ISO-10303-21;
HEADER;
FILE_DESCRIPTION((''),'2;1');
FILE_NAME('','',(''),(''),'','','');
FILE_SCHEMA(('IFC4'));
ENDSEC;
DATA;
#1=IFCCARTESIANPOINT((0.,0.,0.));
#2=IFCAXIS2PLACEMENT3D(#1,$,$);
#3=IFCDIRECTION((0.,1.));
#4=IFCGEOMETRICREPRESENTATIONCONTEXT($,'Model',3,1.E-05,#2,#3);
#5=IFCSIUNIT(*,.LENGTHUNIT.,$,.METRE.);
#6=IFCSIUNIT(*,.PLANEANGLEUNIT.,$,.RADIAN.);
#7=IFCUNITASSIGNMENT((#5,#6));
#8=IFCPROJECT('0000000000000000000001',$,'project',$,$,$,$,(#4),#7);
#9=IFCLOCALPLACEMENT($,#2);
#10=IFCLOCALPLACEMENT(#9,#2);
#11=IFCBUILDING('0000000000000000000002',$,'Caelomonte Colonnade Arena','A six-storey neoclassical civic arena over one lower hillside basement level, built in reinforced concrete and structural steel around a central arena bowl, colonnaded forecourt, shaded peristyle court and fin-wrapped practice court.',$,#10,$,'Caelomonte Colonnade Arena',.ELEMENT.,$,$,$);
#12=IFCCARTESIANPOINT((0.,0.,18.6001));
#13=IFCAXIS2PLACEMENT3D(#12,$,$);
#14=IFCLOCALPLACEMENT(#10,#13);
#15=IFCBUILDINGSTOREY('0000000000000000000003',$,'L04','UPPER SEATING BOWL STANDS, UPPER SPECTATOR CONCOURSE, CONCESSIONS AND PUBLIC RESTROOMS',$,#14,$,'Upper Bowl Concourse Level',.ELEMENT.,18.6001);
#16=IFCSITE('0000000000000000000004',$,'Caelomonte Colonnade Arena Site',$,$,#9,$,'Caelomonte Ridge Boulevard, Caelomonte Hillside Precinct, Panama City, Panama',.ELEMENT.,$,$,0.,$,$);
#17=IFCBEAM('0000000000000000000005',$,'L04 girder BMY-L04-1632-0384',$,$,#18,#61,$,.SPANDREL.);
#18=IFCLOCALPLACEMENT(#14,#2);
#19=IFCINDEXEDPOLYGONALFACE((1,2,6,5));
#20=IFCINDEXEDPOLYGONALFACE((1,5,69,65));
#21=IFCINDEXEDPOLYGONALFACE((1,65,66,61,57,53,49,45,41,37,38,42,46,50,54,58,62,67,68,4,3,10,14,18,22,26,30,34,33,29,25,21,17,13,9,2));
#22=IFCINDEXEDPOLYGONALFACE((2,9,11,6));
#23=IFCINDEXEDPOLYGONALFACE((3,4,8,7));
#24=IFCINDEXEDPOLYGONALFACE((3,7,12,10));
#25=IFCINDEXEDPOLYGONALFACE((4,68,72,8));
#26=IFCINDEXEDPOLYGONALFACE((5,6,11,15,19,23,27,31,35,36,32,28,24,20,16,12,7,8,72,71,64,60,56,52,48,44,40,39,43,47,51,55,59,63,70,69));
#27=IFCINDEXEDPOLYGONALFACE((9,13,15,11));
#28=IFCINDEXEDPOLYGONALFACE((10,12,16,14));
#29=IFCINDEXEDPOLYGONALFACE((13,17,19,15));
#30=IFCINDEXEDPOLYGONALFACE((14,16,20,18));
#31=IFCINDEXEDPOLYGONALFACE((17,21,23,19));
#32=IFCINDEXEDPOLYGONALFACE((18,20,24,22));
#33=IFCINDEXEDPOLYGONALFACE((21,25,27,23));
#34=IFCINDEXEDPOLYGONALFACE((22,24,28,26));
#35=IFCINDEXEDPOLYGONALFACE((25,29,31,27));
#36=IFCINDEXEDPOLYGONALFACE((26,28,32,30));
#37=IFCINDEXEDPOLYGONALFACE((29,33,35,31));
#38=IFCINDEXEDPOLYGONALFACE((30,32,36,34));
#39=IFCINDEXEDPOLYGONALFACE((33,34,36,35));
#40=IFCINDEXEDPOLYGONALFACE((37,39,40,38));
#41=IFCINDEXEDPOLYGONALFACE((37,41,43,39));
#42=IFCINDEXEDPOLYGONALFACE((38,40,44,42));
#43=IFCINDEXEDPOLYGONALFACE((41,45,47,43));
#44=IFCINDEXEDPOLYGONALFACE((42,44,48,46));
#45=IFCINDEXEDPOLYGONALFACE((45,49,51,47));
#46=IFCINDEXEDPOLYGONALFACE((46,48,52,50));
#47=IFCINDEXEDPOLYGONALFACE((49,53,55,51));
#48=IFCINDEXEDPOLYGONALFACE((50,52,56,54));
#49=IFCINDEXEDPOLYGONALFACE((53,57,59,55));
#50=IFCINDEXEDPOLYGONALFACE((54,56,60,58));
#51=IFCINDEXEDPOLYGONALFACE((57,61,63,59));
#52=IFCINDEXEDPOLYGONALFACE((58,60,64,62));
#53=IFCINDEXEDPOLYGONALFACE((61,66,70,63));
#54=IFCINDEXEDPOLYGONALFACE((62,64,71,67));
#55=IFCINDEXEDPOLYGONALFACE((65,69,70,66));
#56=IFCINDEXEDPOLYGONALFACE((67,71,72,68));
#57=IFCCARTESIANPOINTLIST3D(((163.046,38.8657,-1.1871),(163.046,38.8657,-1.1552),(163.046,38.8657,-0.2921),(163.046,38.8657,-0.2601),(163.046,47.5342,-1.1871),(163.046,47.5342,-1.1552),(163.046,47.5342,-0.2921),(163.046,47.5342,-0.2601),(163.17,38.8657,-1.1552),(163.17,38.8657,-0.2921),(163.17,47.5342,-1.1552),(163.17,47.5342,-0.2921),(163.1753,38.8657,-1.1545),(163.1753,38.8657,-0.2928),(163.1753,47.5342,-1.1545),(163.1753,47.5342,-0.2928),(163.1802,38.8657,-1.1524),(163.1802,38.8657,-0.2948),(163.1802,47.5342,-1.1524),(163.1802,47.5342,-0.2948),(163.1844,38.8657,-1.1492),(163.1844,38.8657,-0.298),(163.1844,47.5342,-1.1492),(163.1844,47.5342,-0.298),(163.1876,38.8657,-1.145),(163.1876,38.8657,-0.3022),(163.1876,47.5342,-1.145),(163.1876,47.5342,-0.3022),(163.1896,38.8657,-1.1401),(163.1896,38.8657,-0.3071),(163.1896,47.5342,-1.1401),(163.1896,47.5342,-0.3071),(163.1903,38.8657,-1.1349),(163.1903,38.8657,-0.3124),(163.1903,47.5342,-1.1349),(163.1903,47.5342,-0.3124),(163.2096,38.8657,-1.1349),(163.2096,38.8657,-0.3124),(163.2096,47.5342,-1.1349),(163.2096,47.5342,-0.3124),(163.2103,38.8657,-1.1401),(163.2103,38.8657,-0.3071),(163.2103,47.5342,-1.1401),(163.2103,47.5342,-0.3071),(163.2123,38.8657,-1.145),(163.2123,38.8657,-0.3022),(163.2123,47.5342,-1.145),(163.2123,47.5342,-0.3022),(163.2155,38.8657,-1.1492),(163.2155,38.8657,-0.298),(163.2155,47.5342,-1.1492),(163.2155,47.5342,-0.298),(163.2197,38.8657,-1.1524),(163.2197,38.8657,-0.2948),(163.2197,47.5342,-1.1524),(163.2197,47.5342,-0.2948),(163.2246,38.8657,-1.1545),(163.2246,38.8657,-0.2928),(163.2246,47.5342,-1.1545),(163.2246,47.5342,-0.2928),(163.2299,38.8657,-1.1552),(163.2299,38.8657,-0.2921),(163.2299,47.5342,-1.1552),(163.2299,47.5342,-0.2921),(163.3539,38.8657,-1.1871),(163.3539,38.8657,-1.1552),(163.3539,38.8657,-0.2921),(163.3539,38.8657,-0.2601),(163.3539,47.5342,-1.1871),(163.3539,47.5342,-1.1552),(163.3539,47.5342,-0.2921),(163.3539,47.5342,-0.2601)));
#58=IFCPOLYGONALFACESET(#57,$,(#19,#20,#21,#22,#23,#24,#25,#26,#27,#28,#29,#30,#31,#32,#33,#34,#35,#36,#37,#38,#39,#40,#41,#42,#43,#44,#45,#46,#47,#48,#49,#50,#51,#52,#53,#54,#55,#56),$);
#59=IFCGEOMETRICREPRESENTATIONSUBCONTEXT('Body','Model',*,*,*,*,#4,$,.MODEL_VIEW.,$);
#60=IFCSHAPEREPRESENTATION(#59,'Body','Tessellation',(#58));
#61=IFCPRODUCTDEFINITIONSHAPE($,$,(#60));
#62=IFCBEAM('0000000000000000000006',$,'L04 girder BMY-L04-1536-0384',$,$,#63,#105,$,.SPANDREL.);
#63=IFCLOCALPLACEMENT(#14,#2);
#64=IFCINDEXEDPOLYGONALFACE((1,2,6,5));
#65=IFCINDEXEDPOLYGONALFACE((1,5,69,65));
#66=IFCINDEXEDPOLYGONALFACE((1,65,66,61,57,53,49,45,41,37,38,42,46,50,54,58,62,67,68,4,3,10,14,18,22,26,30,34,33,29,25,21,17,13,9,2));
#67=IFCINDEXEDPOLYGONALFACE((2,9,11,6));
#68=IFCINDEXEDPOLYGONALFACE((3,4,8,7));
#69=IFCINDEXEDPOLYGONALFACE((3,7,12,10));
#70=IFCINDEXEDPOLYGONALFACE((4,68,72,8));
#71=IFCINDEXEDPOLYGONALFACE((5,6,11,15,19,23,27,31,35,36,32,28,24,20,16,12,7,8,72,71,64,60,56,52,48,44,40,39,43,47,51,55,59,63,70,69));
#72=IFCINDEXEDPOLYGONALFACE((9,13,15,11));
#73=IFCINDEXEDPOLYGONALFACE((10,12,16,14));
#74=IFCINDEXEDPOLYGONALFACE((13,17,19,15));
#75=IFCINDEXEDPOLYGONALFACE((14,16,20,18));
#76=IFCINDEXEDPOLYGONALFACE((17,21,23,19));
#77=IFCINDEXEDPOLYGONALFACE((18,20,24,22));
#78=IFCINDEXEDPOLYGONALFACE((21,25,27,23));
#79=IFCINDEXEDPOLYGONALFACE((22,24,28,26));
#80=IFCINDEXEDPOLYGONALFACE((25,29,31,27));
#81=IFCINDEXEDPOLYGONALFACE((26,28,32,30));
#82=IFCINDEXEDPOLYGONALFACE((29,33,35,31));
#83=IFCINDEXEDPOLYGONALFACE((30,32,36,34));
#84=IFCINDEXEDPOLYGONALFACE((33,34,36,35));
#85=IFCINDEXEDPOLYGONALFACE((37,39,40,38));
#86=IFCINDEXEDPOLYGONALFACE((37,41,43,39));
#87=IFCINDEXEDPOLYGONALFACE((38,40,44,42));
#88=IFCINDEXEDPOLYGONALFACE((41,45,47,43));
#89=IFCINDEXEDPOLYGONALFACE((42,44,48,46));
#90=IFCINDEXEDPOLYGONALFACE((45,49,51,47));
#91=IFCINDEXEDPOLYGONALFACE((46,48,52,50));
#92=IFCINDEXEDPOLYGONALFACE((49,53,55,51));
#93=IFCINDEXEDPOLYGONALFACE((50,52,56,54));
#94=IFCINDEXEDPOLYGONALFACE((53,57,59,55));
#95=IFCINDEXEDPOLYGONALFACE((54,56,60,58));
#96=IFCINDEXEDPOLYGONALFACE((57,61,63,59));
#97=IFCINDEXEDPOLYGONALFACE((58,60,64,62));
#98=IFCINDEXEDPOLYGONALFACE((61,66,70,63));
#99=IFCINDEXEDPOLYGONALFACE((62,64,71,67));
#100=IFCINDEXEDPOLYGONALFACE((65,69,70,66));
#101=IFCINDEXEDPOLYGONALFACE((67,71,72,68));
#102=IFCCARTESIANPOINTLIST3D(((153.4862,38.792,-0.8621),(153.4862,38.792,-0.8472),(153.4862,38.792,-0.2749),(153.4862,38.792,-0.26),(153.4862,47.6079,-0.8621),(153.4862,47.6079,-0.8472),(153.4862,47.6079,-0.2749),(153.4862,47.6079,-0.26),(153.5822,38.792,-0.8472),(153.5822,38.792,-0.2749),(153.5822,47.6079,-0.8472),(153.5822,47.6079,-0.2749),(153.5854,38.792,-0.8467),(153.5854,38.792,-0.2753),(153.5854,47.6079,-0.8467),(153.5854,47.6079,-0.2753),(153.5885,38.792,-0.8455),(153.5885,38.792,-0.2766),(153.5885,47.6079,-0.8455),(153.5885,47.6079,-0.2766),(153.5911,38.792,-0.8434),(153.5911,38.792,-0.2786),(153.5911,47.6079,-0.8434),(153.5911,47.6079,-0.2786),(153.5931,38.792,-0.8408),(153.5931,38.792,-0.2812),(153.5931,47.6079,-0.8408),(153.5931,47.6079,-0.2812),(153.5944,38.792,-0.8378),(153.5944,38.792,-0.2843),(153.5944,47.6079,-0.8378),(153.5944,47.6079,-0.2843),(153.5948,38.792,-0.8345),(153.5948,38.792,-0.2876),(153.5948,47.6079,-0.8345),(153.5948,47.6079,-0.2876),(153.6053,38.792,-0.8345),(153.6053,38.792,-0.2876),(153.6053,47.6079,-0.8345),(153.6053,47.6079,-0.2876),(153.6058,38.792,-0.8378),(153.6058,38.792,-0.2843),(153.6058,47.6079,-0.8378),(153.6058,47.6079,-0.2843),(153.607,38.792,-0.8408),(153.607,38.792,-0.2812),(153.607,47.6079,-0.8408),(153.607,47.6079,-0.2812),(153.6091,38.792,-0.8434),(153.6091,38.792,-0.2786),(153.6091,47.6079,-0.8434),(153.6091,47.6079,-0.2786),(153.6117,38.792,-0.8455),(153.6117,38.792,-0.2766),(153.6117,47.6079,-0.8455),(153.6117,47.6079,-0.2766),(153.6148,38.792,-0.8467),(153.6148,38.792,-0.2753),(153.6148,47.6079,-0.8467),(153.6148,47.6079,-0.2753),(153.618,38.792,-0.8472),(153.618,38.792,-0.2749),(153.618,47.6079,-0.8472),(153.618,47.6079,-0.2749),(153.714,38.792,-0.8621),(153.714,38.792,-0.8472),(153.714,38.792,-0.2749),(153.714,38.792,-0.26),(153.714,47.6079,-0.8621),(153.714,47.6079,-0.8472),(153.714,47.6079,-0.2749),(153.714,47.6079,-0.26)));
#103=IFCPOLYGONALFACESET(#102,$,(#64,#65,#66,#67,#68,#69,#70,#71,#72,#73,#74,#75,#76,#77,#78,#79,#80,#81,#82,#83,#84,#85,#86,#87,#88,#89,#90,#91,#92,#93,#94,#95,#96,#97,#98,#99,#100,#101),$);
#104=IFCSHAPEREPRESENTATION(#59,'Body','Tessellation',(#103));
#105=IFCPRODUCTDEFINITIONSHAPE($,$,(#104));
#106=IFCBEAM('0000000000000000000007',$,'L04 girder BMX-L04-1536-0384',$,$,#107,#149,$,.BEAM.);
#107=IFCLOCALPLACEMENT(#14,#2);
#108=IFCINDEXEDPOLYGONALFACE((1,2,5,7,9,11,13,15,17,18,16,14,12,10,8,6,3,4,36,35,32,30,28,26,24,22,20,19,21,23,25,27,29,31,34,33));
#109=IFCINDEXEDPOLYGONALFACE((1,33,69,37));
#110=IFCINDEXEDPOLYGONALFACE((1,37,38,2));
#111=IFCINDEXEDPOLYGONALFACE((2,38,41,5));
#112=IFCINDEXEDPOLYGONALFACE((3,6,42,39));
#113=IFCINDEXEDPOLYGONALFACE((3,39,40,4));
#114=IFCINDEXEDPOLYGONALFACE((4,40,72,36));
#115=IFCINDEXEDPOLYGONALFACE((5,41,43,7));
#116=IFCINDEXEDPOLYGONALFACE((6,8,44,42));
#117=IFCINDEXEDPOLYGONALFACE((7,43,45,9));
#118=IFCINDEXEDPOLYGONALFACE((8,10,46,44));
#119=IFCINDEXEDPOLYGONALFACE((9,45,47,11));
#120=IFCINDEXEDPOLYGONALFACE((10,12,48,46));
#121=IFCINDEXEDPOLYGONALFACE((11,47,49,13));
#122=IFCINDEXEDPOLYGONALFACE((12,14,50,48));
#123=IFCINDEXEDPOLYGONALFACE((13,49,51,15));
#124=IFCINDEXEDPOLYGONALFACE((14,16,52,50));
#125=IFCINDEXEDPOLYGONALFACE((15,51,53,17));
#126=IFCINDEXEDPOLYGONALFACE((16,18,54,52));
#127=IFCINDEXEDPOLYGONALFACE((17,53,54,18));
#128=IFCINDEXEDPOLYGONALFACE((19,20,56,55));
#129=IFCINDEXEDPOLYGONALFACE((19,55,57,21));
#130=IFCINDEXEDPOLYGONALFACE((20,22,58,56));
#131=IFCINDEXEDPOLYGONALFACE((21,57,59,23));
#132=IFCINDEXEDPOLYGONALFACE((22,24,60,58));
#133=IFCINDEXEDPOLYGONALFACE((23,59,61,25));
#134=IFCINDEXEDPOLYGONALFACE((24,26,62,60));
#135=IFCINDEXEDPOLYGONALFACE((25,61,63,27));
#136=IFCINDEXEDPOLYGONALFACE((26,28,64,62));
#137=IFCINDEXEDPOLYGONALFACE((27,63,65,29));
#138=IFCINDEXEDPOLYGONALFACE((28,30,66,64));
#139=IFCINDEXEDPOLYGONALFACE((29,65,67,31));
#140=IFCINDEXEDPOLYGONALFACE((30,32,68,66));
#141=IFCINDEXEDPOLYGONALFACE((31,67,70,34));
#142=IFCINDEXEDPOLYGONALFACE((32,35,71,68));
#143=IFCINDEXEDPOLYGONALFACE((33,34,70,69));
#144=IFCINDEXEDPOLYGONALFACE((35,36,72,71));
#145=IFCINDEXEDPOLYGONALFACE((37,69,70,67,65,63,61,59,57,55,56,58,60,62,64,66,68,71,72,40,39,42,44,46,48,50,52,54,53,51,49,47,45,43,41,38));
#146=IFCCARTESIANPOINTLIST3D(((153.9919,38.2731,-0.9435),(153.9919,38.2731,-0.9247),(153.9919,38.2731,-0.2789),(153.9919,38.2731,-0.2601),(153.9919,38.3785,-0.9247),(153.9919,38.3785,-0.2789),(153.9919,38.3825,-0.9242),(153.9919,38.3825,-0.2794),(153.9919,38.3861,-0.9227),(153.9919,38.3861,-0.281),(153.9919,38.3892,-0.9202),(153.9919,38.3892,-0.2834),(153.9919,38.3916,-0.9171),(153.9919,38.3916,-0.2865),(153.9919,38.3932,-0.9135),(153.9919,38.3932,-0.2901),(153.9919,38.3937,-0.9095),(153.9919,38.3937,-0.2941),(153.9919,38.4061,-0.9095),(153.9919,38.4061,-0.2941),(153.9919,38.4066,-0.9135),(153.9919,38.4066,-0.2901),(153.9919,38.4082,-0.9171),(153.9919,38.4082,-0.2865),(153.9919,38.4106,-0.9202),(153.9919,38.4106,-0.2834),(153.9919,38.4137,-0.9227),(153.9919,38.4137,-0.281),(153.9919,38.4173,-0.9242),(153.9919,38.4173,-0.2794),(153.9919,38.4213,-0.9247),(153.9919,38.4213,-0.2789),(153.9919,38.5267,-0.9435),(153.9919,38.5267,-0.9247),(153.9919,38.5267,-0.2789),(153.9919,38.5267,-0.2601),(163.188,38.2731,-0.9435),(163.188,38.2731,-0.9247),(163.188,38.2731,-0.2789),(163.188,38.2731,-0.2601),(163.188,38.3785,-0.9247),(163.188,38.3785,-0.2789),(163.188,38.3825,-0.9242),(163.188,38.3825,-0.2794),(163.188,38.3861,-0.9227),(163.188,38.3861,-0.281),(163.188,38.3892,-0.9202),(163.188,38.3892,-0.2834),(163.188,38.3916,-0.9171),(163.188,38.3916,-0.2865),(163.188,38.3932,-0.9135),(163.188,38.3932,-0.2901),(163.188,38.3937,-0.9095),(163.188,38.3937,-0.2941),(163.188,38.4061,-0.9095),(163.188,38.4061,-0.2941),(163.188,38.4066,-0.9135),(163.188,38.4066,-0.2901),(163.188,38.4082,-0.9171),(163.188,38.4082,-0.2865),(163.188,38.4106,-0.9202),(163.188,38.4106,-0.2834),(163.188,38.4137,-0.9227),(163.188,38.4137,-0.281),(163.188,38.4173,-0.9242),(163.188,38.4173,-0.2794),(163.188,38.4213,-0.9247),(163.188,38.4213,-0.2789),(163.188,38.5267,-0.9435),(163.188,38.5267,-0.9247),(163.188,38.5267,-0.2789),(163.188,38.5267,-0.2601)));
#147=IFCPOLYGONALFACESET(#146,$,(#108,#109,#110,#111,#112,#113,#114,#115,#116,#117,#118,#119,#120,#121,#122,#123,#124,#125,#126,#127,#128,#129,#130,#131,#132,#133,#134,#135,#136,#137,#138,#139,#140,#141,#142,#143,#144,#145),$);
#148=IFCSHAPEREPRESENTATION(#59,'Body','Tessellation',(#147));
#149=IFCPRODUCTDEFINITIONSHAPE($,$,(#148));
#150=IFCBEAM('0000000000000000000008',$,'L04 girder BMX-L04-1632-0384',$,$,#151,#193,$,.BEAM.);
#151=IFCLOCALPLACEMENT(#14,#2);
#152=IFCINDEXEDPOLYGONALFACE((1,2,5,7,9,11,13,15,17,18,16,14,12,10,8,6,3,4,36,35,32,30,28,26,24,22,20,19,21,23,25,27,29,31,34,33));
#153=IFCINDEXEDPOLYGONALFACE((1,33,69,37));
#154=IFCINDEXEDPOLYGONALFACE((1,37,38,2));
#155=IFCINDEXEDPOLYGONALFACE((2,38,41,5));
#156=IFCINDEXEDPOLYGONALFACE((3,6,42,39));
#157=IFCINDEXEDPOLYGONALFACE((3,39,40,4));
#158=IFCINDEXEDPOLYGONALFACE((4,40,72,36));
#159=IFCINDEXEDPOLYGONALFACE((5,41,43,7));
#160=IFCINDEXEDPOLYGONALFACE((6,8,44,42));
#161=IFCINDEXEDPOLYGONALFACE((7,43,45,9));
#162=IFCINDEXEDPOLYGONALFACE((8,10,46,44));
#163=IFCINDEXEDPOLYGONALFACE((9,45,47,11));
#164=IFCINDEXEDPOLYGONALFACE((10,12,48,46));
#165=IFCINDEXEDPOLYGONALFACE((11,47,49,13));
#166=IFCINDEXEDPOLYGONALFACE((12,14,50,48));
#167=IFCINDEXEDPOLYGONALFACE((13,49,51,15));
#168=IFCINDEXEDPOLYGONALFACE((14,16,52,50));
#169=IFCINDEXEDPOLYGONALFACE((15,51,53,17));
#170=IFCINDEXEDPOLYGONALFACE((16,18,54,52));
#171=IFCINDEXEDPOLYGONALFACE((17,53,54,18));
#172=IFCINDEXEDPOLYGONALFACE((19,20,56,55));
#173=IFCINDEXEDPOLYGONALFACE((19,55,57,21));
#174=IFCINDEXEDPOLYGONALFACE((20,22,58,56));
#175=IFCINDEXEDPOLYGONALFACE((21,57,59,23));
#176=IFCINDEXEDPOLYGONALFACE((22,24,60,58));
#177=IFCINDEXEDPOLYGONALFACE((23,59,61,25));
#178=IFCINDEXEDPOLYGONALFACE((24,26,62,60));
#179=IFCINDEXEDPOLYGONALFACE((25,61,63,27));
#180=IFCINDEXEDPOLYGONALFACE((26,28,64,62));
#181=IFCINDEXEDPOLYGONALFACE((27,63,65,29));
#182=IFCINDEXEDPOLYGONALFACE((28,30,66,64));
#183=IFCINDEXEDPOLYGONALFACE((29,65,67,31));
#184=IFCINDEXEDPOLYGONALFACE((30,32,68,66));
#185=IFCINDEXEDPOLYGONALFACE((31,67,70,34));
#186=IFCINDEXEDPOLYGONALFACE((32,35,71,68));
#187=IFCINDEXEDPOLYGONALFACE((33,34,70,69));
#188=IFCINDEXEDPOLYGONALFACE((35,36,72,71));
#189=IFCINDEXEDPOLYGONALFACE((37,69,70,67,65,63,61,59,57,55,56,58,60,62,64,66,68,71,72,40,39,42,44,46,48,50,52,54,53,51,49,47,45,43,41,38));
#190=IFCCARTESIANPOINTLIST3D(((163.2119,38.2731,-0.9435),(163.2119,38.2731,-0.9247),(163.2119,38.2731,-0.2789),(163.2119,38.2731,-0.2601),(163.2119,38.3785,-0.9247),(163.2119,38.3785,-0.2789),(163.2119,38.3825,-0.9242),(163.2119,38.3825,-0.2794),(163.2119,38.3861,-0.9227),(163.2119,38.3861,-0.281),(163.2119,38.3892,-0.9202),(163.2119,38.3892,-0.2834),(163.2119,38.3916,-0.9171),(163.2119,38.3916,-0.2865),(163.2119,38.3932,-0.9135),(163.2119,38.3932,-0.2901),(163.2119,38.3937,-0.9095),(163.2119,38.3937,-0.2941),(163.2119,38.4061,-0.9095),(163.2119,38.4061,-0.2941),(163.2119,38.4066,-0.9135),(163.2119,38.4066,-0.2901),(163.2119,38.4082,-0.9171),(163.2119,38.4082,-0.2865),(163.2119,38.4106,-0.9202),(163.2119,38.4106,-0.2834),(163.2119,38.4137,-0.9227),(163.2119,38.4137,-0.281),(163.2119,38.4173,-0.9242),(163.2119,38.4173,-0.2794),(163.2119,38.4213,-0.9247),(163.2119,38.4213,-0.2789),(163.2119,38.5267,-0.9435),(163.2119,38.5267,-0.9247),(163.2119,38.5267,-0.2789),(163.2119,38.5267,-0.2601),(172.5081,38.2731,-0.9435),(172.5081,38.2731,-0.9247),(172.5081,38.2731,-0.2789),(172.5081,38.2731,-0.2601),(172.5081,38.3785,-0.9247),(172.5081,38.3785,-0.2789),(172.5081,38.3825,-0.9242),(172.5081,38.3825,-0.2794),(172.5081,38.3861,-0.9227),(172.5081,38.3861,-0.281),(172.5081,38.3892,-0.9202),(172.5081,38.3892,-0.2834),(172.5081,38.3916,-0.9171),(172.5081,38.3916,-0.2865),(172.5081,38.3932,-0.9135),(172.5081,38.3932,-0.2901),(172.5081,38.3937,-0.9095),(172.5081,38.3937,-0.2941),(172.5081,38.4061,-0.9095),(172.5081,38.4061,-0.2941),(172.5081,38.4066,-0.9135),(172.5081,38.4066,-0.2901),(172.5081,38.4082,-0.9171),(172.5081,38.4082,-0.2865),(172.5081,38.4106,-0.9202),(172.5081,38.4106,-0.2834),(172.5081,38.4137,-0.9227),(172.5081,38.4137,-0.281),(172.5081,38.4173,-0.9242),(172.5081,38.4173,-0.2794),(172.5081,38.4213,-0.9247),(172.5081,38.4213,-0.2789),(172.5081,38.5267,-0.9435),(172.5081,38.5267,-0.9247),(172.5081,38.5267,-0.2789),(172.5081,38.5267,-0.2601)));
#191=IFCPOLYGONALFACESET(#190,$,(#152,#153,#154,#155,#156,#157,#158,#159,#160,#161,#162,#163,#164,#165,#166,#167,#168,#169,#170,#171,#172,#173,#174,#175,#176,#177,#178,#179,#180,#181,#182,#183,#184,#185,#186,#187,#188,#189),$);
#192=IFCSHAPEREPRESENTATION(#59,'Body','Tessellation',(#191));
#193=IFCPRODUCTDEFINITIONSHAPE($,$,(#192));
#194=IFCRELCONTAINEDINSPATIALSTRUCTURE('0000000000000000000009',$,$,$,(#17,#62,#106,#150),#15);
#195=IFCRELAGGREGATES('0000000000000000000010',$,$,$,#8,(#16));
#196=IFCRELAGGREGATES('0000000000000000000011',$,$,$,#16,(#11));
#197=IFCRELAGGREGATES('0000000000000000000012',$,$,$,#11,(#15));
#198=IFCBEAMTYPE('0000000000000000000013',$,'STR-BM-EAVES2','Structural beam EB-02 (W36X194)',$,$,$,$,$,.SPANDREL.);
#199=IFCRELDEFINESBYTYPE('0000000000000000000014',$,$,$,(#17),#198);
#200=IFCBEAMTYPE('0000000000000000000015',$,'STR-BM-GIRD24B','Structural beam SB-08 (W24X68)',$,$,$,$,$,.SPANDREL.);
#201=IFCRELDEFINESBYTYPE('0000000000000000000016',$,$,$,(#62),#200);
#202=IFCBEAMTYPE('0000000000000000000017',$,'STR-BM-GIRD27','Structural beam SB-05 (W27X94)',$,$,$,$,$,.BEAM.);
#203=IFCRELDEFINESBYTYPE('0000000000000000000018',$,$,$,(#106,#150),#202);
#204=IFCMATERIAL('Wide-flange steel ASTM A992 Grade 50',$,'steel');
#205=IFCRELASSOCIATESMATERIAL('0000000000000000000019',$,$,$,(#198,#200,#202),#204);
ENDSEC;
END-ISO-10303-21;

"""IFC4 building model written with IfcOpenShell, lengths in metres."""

from ifc_helpers import new_model, si_unit, direction, frame, origin, origin_2d, place, context, subcontext, project, spatial, i_section, extrude, material, material_profile, profile_set, type_object, element, save


model = new_model("IFC4")

# Units and contexts
model_context = context("Model", 3, precision=1e-05, world=origin(), true_north=direction((0.0, 1.0)))
body_context = subcontext(model_context, "Body", "Model", "MODEL_VIEW")
ifc_project = project(units=[si_unit("LENGTHUNIT", "METRE"), si_unit("PLANEANGLEUNIT", "RADIAN")], contexts=[model_context])

# Site, building, storey
site_placement = place(None, origin())
site = spatial("IfcSite", under=ifc_project, at=site_placement, Name="Caelomonte Colonnade Arena Site", LongName="Caelomonte Ridge Boulevard, Caelomonte Hillside Precinct, Panama City, Panama", CompositionType="ELEMENT", RefElevation=0.0)
building_placement = place(site_placement, origin())
building = spatial("IfcBuilding", under=site, at=building_placement, Name="Caelomonte Colonnade Arena", Description="A six-storey neoclassical civic arena over one lower hillside basement level, built in reinforced concrete and structural steel around a central arena bowl, colonnaded forecourt, shaded peristyle court and fin-wrapped practice court.", LongName="Caelomonte Colonnade Arena", CompositionType="ELEMENT")
storey_placement = place(building_placement, frame((0.0, 0.0, 18.6001)))
storey = spatial("IfcBuildingStorey", under=building, at=storey_placement, Name="L04", Description="UPPER SEATING BOWL STANDS, UPPER SPECTATOR CONCOURSE, CONCESSIONS AND PUBLIC RESTROOMS", LongName="Upper Bowl Concourse Level", CompositionType="ELEMENT", Elevation=18.6001)

# Shared definitions
ifc_material_1 = material(Name="Wide-flange steel ASTM A992 Grade 50", Category="steel")

# Beams
ifc_material_profile_1 = material_profile(ifc_material_1, i_section(OverallWidth=0.3079, OverallDepth=0.927, WebThickness=0.0193, FlangeThickness=0.032, FilletRadius=0.0203, at=origin_2d()), Name="W36X194")
ifc_profile_set_1 = profile_set([ifc_material_profile_1], Name="Wide-flange steel ASTM A992 Grade 50")
beam_type_1 = type_object("IfcBeamType", Name="STR-BM-EAVES2", Description="Structural beam EB-02 (W36X194)", PredefinedType="SPANDREL", material=ifc_profile_set_1)
beam_1_placement = place(storey_placement, frame((163.2, 38.8657, -0.7236), z_axis=(0.0, 1.0, 0.0), x_axis=(-1.0, 0.0, 0.0)))
element("IfcBeam", 1, at=beam_1_placement, inside=storey, type_object=beam_type_1, Name="L04 girder BMY-L04-1632-0384", PredefinedType="SPANDREL", context=body_context, shape_type="SweptSolid", body=[
    extrude(i_section(OverallWidth=0.3079, OverallDepth=0.927, WebThickness=0.0193, FlangeThickness=0.032, FilletRadius=0.0203, at=origin_2d()), origin(), (0.0, 0.0, 1.0), 8.6685),
])
ifc_material_profile_2 = material_profile(ifc_material_1, i_section(OverallWidth=0.2278, OverallDepth=0.6021, WebThickness=0.0105, FlangeThickness=0.0149, FilletRadius=0.0127, at=origin_2d()), Name="W24X68")
ifc_profile_set_2 = profile_set([ifc_material_profile_2], Name="Wide-flange steel ASTM A992 Grade 50")
beam_type_2 = type_object("IfcBeamType", Name="STR-BM-GIRD24B", Description="Structural beam SB-08 (W24X68)", PredefinedType="SPANDREL", material=ifc_profile_set_2)
beam_2_placement = place(storey_placement, frame((153.6001, 38.792, -0.561), z_axis=(0.0, 1.0, 0.0), x_axis=(-1.0, 0.0, 0.0)))
element("IfcBeam", 2, at=beam_2_placement, inside=storey, type_object=beam_type_2, Name="L04 girder BMY-L04-1536-0384", PredefinedType="SPANDREL", context=body_context, shape_type="SweptSolid", body=[
    extrude(i_section(OverallWidth=0.2278, OverallDepth=0.6021, WebThickness=0.0105, FlangeThickness=0.0149, FilletRadius=0.0127, at=origin_2d()), origin(), (0.0, 0.0, 1.0), 8.8159),
])
ifc_material_profile_3 = material_profile(ifc_material_1, i_section(OverallWidth=0.2537, OverallDepth=0.6833, WebThickness=0.0125, FlangeThickness=0.0188, FilletRadius=0.0151, at=origin_2d()), Name="W27X94")
ifc_profile_set_3 = profile_set([ifc_material_profile_3], Name="Wide-flange steel ASTM A992 Grade 50")
beam_type_3 = type_object("IfcBeamType", Name="STR-BM-GIRD27", Description="Structural beam SB-05 (W27X94)", PredefinedType="BEAM", material=ifc_profile_set_3)
beam_3_placement = place(storey_placement, frame((153.9919, 38.3999, -0.6018), z_axis=(1.0, 0.0, 0.0), x_axis=(0.0, 1.0, 0.0)))
element("IfcBeam", 3, at=beam_3_placement, inside=storey, type_object=beam_type_3, Name="L04 girder BMX-L04-1536-0384", PredefinedType="BEAM", context=body_context, shape_type="SweptSolid", body=[
    extrude(i_section(OverallWidth=0.2537, OverallDepth=0.6833, WebThickness=0.0125, FlangeThickness=0.0188, FilletRadius=0.0151, at=origin_2d()), origin(), (0.0, 0.0, 1.0), 9.196),
])
beam_4_placement = place(storey_placement, frame((163.2119, 38.3999, -0.6018), z_axis=(1.0, 0.0, 0.0), x_axis=(0.0, 1.0, 0.0)))
element("IfcBeam", 4, at=beam_4_placement, inside=storey, type_object=beam_type_3, Name="L04 girder BMX-L04-1632-0384", PredefinedType="BEAM", context=body_context, shape_type="SweptSolid", body=[
    extrude(i_section(OverallWidth=0.2537, OverallDepth=0.6833, WebThickness=0.0125, FlangeThickness=0.0188, FilletRadius=0.0151, at=origin_2d()), origin(), (0.0, 0.0, 1.0), 9.2961),
])

save(model, "model.ifc")
